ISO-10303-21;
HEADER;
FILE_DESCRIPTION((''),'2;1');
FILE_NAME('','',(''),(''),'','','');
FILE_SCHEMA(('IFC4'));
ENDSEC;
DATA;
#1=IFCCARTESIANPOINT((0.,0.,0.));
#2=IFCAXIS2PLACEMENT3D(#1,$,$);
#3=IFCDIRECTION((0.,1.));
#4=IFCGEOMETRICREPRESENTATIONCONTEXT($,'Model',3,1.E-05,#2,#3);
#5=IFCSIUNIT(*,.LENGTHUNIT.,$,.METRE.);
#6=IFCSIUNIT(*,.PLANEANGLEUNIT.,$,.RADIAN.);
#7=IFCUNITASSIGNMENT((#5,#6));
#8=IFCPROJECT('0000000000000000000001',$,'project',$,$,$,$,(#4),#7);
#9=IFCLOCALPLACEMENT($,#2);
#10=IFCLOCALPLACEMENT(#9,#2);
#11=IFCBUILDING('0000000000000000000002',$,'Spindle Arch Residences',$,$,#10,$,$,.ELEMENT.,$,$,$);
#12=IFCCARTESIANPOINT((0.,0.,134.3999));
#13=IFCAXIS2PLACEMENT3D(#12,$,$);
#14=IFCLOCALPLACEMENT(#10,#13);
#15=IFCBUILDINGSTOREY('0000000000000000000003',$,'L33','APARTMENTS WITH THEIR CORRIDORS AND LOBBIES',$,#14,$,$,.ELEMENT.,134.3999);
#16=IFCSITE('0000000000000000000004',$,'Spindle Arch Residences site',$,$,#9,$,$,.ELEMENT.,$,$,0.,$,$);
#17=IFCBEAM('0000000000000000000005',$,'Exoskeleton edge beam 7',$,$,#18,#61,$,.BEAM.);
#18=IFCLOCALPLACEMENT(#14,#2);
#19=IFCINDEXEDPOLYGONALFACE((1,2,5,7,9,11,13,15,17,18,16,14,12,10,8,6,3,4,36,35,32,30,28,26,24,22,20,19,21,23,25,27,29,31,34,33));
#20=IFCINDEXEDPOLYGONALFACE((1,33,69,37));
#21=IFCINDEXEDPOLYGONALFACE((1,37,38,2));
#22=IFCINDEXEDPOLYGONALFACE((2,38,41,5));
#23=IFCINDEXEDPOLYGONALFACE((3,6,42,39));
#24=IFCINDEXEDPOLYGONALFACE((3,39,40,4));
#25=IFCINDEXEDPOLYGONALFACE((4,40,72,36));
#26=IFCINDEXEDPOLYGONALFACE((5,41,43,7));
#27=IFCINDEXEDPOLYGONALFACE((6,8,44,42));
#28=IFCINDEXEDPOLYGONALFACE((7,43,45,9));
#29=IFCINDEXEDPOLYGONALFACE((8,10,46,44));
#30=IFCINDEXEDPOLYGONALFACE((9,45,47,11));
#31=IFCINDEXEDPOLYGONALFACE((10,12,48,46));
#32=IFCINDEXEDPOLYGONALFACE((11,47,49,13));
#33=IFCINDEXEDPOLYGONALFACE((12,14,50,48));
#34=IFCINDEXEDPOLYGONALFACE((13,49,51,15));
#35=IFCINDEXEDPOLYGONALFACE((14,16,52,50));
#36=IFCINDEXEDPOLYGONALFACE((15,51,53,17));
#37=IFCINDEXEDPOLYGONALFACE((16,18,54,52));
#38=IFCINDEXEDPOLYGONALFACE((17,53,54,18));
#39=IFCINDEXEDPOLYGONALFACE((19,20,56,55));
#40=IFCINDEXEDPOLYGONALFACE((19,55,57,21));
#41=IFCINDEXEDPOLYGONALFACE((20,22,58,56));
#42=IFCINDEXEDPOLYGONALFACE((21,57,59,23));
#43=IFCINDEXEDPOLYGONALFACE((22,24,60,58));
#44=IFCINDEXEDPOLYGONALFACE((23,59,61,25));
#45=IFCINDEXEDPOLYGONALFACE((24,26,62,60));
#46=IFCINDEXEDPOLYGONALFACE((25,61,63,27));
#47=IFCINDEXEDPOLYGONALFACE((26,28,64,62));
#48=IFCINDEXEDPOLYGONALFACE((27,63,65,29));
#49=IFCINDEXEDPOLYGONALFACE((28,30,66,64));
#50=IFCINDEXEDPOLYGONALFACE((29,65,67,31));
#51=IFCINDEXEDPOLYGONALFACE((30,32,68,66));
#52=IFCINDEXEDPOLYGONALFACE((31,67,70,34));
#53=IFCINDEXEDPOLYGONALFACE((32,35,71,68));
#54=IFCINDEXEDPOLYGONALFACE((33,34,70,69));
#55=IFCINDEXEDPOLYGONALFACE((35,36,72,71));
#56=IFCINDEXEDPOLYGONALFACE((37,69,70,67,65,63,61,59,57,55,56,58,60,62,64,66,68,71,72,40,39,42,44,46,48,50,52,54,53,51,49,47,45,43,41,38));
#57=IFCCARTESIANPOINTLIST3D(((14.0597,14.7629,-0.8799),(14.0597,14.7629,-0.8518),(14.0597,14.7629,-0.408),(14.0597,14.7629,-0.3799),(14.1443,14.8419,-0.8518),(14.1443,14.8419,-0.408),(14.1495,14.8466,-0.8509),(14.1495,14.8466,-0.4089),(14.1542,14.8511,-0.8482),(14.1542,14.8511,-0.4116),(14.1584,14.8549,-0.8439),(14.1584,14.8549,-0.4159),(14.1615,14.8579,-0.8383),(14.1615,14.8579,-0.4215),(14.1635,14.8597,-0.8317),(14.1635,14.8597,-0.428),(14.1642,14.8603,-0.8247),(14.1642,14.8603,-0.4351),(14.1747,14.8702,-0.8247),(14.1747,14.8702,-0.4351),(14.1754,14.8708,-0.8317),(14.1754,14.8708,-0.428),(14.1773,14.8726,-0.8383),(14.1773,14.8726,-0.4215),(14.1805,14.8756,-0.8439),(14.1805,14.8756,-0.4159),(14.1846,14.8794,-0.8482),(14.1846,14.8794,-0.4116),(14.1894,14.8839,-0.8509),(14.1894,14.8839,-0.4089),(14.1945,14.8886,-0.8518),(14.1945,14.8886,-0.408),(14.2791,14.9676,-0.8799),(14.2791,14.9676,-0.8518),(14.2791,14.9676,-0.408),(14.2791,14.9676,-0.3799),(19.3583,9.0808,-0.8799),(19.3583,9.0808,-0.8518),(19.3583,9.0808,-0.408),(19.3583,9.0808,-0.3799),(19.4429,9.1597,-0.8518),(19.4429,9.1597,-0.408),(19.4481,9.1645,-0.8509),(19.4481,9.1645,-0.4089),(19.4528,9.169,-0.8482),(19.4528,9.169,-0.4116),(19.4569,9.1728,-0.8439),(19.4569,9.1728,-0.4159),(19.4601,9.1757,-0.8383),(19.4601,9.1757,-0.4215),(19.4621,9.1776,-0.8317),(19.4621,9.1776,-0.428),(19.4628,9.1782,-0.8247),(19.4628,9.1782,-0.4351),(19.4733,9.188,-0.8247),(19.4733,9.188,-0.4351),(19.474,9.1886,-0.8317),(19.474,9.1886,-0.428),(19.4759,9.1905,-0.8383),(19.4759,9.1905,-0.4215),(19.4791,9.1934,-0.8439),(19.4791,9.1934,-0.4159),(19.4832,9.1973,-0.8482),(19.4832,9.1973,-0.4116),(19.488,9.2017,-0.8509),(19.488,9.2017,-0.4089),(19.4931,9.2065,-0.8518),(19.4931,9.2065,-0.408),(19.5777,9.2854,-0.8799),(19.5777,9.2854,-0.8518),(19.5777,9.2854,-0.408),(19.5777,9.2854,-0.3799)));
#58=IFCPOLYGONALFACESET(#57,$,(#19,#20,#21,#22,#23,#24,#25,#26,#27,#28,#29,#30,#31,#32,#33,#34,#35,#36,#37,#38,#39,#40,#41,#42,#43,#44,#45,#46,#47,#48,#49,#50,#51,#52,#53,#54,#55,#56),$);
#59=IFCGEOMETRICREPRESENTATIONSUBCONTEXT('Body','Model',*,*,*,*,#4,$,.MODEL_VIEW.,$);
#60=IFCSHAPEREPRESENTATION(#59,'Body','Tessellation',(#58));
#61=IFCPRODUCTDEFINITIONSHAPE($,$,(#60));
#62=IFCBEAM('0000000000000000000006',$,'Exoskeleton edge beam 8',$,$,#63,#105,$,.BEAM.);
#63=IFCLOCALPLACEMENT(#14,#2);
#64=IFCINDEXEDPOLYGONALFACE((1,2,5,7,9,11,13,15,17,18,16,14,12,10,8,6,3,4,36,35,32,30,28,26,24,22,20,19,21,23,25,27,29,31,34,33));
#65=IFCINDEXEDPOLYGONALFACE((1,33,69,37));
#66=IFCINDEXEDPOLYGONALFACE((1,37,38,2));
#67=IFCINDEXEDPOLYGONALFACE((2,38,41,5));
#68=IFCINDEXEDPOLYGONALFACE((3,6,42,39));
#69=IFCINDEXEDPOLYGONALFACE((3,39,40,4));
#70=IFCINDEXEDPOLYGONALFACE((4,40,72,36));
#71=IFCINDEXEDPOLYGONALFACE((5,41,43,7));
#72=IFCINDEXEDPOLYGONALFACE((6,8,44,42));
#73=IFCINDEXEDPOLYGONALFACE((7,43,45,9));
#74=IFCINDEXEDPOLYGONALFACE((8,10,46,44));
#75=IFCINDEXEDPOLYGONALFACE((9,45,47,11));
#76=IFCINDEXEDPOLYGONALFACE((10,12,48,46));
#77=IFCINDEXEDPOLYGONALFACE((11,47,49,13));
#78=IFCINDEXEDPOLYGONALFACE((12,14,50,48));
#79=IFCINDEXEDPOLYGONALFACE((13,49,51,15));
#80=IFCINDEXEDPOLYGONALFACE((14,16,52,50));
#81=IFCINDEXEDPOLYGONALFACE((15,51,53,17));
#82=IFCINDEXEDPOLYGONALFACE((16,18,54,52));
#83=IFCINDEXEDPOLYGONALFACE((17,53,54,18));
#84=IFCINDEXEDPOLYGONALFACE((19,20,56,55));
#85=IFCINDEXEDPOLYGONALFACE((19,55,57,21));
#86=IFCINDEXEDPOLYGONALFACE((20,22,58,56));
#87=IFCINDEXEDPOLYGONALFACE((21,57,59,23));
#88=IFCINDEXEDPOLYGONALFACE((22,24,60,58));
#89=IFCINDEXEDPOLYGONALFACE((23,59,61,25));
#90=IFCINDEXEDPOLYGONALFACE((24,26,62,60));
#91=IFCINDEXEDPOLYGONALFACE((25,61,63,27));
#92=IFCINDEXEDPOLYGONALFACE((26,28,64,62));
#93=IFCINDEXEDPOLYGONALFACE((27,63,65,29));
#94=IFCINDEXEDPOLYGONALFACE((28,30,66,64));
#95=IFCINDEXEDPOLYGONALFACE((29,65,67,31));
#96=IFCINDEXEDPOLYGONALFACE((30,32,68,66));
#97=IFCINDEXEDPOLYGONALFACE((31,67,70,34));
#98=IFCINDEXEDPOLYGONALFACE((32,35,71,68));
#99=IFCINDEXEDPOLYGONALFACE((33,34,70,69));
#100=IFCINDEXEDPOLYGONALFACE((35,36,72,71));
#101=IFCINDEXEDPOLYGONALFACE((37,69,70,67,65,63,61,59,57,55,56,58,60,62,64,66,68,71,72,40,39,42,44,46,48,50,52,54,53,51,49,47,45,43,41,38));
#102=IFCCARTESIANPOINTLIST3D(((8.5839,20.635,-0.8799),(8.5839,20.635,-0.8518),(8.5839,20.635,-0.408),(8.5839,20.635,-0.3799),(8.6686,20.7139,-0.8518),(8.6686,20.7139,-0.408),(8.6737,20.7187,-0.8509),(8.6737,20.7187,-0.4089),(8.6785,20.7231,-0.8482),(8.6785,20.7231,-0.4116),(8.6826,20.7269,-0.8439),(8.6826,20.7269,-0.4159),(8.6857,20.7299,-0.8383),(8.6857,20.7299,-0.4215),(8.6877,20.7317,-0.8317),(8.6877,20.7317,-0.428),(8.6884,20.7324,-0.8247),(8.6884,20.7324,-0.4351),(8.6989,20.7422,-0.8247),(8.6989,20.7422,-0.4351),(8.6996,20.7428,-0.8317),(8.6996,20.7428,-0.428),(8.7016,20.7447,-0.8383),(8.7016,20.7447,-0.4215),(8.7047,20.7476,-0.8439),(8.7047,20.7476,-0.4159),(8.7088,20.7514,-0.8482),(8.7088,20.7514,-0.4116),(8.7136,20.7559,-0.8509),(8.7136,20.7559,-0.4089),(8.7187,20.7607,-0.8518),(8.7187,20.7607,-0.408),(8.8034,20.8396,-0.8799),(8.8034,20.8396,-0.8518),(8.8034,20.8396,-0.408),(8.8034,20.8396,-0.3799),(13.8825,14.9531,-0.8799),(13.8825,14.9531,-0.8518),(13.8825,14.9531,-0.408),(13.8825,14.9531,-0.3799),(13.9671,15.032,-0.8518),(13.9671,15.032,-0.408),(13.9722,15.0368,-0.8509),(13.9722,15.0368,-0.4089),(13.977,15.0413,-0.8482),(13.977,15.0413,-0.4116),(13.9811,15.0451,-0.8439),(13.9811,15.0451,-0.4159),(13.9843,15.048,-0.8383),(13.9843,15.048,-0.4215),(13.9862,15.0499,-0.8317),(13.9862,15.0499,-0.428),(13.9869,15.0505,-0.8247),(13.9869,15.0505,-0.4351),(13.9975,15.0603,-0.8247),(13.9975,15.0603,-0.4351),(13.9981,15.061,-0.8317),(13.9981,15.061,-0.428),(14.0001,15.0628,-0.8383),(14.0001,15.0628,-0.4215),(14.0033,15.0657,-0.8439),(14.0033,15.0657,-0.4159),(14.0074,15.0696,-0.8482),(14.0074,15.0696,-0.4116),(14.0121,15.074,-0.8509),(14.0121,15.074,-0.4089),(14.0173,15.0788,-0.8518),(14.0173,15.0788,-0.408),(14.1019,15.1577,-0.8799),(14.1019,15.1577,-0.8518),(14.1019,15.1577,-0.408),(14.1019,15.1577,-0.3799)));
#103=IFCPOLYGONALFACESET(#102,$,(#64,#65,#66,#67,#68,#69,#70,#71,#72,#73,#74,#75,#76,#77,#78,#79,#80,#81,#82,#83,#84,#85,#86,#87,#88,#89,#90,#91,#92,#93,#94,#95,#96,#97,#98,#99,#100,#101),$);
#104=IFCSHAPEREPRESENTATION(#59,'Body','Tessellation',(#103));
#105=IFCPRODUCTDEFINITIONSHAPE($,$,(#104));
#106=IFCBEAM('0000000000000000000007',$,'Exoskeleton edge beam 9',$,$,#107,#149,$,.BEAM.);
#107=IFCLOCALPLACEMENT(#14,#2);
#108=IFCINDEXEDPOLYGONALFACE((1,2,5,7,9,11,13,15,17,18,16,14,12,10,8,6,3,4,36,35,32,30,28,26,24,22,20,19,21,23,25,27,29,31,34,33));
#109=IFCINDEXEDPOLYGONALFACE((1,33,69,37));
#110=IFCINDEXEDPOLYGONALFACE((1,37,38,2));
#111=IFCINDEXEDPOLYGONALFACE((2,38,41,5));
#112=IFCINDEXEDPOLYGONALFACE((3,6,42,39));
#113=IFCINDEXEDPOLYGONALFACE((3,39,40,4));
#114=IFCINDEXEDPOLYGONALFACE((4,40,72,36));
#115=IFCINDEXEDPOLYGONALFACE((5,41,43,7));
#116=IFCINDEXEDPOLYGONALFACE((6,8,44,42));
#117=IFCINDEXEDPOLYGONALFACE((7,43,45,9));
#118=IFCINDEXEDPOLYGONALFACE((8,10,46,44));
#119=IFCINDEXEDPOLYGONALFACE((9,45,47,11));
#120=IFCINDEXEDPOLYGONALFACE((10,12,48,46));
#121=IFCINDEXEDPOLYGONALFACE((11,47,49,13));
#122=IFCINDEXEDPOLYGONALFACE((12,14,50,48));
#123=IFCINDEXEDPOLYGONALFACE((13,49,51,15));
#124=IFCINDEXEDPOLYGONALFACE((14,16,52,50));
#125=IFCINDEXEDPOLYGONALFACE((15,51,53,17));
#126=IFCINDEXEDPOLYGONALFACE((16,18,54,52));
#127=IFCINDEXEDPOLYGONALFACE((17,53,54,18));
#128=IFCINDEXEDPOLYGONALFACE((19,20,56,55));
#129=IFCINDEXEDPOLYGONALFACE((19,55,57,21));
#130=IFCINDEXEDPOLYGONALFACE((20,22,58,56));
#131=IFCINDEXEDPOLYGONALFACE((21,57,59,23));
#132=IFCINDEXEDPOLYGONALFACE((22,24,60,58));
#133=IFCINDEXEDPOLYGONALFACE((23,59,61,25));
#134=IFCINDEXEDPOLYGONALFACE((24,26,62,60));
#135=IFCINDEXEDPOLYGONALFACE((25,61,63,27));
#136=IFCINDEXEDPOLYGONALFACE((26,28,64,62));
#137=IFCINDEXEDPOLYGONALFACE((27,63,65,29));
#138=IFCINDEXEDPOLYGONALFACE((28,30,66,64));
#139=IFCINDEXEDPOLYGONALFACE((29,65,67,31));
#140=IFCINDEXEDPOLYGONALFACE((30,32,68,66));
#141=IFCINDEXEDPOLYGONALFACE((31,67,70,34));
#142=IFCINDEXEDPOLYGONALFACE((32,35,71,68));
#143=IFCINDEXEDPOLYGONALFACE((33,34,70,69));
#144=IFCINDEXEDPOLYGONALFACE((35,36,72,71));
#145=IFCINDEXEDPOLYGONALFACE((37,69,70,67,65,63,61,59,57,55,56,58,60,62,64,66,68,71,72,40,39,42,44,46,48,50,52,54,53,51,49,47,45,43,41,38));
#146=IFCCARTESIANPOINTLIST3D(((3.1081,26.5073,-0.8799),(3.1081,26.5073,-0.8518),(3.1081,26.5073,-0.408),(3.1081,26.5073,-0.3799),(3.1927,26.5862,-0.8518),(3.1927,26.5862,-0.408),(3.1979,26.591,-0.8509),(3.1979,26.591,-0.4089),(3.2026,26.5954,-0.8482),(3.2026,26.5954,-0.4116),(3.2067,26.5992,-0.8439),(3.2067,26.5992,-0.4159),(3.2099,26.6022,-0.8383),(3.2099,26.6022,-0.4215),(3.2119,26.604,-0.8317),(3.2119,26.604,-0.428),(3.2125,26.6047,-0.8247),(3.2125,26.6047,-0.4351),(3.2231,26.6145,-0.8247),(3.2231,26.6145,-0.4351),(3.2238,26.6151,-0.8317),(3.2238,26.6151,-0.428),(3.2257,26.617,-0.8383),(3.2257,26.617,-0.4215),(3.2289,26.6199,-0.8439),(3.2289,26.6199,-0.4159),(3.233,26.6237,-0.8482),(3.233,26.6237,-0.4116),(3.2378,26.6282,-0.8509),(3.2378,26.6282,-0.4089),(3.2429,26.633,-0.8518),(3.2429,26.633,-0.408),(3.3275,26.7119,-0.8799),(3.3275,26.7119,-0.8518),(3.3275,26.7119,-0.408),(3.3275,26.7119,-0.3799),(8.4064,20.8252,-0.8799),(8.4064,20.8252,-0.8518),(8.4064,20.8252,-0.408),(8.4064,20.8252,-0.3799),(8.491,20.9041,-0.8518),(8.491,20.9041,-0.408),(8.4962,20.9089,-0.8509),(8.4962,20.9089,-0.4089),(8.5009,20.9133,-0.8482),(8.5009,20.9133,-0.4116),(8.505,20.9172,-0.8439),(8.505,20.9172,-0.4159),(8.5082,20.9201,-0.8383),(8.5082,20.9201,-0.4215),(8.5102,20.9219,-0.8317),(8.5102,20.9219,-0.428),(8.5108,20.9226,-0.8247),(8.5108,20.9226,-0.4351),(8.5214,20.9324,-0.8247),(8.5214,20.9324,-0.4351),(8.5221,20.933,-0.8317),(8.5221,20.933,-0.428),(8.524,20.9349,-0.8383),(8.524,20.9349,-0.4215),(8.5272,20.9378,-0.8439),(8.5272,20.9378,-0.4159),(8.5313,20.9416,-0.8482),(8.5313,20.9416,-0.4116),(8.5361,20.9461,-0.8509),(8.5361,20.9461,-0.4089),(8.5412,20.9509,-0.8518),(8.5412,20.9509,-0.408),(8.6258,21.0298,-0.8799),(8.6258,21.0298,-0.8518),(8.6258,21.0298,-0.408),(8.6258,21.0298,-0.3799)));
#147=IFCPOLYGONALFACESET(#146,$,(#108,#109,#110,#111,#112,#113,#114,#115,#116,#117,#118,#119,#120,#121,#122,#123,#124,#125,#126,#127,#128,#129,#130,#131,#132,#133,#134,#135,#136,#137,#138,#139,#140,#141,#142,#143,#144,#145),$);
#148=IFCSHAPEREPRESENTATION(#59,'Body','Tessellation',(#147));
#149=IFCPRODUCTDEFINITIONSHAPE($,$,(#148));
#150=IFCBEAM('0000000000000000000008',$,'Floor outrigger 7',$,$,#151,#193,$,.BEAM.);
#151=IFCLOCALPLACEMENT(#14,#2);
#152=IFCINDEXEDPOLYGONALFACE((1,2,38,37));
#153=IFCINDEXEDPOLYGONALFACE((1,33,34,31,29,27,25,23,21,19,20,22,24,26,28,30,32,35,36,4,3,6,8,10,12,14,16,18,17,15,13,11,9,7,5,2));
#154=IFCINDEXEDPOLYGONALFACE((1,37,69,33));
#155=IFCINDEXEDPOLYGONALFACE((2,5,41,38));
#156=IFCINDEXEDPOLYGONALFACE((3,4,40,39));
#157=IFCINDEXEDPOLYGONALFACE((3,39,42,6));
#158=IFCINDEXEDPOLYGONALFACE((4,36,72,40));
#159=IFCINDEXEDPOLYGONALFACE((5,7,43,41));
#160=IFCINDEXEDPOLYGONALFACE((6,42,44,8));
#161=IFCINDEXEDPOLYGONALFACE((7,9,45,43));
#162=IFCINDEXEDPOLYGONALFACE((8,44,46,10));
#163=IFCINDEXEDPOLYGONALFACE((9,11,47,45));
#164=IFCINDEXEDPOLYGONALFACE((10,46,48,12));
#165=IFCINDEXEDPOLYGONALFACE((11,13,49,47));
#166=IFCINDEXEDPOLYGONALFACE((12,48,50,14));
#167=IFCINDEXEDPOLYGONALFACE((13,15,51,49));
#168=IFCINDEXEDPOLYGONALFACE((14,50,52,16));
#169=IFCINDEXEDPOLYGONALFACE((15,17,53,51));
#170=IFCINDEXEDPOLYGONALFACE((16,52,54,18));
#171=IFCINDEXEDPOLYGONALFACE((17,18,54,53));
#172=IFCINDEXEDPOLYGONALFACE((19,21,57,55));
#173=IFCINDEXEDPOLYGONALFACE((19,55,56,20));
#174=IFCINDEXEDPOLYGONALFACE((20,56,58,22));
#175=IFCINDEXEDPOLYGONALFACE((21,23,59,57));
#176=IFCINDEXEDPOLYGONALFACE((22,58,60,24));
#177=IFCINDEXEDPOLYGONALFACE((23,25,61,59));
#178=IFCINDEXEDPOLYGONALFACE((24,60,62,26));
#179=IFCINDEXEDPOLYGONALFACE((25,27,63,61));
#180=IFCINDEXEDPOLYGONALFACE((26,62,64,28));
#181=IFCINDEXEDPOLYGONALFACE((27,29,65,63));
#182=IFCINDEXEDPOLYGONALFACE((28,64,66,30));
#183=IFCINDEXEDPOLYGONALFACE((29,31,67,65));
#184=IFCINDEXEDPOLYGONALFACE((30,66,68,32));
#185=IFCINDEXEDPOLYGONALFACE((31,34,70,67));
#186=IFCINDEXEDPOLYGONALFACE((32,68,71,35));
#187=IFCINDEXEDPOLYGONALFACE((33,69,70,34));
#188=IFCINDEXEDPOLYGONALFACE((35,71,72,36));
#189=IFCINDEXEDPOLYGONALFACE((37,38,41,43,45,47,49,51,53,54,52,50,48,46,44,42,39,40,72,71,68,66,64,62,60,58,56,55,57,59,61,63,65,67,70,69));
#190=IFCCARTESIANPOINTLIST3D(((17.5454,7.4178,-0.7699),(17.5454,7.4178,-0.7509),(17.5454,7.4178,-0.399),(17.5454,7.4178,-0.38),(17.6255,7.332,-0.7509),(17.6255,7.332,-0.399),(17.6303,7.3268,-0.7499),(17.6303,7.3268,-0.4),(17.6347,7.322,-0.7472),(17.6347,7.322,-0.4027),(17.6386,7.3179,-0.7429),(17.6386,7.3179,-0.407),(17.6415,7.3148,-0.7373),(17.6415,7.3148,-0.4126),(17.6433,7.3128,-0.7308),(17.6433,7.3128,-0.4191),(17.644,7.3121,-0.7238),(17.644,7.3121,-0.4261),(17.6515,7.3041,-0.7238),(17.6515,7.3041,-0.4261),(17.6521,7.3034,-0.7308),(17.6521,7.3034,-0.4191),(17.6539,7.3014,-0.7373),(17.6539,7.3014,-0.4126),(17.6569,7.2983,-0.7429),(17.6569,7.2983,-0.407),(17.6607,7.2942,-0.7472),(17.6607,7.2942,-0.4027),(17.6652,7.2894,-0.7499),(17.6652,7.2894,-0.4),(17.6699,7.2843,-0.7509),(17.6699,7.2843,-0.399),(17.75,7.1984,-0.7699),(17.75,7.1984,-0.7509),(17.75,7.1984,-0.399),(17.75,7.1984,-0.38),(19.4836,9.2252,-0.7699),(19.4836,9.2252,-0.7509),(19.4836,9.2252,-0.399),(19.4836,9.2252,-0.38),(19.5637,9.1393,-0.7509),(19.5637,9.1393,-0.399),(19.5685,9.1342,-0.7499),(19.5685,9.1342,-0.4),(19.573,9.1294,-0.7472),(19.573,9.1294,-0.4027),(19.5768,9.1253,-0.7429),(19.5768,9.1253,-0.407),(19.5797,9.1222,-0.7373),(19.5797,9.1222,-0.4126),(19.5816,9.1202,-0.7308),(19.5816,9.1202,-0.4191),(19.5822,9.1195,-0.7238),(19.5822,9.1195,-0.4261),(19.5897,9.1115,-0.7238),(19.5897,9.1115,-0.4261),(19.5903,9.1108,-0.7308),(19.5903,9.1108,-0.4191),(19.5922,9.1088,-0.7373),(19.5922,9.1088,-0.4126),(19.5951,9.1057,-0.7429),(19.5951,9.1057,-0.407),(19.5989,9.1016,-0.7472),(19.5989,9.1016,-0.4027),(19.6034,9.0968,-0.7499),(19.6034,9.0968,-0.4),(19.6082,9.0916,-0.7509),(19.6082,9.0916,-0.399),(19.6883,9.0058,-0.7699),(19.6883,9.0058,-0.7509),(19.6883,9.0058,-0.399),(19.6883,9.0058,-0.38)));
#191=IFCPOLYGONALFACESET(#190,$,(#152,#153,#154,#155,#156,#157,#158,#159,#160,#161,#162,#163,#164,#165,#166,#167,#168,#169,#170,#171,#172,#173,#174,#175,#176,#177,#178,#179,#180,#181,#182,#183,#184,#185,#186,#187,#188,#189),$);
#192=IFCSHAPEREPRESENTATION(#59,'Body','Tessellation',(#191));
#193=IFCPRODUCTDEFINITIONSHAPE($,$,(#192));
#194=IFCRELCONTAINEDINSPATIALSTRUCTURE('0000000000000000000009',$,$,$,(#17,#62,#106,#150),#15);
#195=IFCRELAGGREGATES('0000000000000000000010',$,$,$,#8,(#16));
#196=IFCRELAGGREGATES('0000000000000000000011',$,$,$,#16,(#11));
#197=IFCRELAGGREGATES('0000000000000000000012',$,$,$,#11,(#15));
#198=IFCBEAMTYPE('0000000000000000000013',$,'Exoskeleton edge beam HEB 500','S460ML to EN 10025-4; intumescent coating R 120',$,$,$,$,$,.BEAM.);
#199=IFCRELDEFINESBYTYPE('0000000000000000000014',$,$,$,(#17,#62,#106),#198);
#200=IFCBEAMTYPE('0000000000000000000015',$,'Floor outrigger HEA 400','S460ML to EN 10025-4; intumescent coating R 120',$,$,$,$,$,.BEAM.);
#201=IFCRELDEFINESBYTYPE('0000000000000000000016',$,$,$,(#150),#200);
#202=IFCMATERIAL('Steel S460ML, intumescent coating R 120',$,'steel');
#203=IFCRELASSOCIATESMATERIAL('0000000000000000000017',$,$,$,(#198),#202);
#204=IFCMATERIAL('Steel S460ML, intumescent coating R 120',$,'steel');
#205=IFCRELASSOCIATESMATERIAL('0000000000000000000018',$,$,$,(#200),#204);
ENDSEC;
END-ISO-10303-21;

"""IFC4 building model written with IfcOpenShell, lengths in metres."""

from ifc_helpers import new_model, si_unit, direction, frame, origin, origin_2d, place, context, subcontext, project, spatial, i_section, extrude, material, material_profile, profile_set, type_object, element, save


model = new_model("IFC4")

# Units and contexts
model_context = context("Model", 3, precision=1e-05, world=origin(), true_north=direction((0.0, 1.0)))
body_context = subcontext(model_context, "Body", "Model", "MODEL_VIEW")
ifc_project = project(units=[si_unit("LENGTHUNIT", "METRE"), si_unit("PLANEANGLEUNIT", "RADIAN")], contexts=[model_context])

# Site, building, storey
site_placement = place(None, origin())
site = spatial("IfcSite", under=ifc_project, at=site_placement, Name="Spindle Arch Residences site", CompositionType="ELEMENT", RefElevation=0.0)
building_placement = place(site_placement, origin())
building = spatial("IfcBuilding", under=site, at=building_placement, Name="Spindle Arch Residences", CompositionType="ELEMENT")
storey_placement = place(building_placement, frame((0.0, 0.0, 134.3999)))
storey = spatial("IfcBuildingStorey", under=building, at=storey_placement, Name="L33", Description="APARTMENTS WITH THEIR CORRIDORS AND LOBBIES", CompositionType="ELEMENT", Elevation=134.3999)

# Beams
ifc_material_1 = material(Name="Steel S460ML, intumescent coating R 120", Category="steel")
ifc_material_profile_1 = material_profile(ifc_material_1, i_section(OverallWidth=0.3, OverallDepth=0.5, WebThickness=0.0144, FlangeThickness=0.0281, FilletRadius=0.0271, at=origin_2d()), Name="HEB 500")
ifc_profile_set_1 = profile_set([ifc_material_profile_1], Name="Steel S460ML, intumescent coating R 120")
beam_type_1 = type_object("IfcBeamType", Name="Exoskeleton edge beam HEB 500", Description="S460ML to EN 10025-4; intumescent coating R 120", PredefinedType="BEAM", material=ifc_profile_set_1)
beam_1_placement = place(storey_placement, frame((19.468, 9.1831, -0.6299), z_axis=(-0.681992, 0.731359, 0.0), x_axis=(-0.731359, -0.681992, 0.0)))
element("IfcBeam", 1, at=beam_1_placement, inside=storey, type_object=beam_type_1, Name="Exoskeleton edge beam 7", PredefinedType="BEAM", context=body_context, shape_type="SweptSolid", body=[
    extrude(i_section(OverallWidth=0.3, OverallDepth=0.5, WebThickness=0.0144, FlangeThickness=0.0281, FilletRadius=0.0271, at=origin_2d()), origin(), (0.0, 0.0, 1.0), 7.7693),
])
for number, where, z_axis, x_axis, name in (
    (2, (13.9922, 15.0554, -0.6299), (-0.682008, 0.731345, 0.0), (-0.731345, -0.682008, 0.0), "Exoskeleton edge beam 8"),
    (3, (8.5161, 20.9275, -0.6299), (-0.681976, 0.731375, 0.0), (-0.731375, -0.681976, 0.0), "Exoskeleton edge beam 9"),
):
    element("IfcBeam", number, at=place(storey_placement, frame(where, z_axis=z_axis, x_axis=x_axis)), inside=storey, type_object=beam_type_1, Name=name, PredefinedType="BEAM", context=body_context, shape_type="SweptSolid", body=[
        extrude(i_section(OverallWidth=0.3, OverallDepth=0.5, WebThickness=0.0144, FlangeThickness=0.0281, FilletRadius=0.0271, at=origin_2d()), origin(), (0.0, 0.0, 1.0), 7.769),
    ])
ifc_material_2 = material(Name="Steel S460ML, intumescent coating R 120", Category="steel")
ifc_material_profile_2 = material_profile(ifc_material_2, i_section(OverallWidth=0.3, OverallDepth=0.3899, WebThickness=0.011, FlangeThickness=0.019, FilletRadius=0.0271, at=origin_2d()), Name="HEA 400")
ifc_profile_set_2 = profile_set([ifc_material_profile_2], Name="Steel S460ML, intumescent coating R 120")
beam_type_2 = type_object("IfcBeamType", Name="Floor outrigger HEA 400", Description="S460ML to EN 10025-4; intumescent coating R 120", PredefinedType="BEAM", material=ifc_profile_set_2)
beam_2_placement = place(storey_placement, frame((19.5859, 9.1155, -0.575), z_axis=(-0.731365, -0.681987, 0.0), x_axis=(0.681987, -0.731365, 0.0)))
element("IfcBeam", 4, at=beam_2_placement, inside=storey, type_object=beam_type_2, Name="Floor outrigger 7", PredefinedType="BEAM", context=body_context, shape_type="SweptSolid", body=[
    extrude(i_section(OverallWidth=0.3, OverallDepth=0.3899, WebThickness=0.011, FlangeThickness=0.019, FilletRadius=0.0271, at=origin_2d()), origin(), (0.0, 0.0, 1.0), 2.6501),
])

save(model, "model.ifc")
